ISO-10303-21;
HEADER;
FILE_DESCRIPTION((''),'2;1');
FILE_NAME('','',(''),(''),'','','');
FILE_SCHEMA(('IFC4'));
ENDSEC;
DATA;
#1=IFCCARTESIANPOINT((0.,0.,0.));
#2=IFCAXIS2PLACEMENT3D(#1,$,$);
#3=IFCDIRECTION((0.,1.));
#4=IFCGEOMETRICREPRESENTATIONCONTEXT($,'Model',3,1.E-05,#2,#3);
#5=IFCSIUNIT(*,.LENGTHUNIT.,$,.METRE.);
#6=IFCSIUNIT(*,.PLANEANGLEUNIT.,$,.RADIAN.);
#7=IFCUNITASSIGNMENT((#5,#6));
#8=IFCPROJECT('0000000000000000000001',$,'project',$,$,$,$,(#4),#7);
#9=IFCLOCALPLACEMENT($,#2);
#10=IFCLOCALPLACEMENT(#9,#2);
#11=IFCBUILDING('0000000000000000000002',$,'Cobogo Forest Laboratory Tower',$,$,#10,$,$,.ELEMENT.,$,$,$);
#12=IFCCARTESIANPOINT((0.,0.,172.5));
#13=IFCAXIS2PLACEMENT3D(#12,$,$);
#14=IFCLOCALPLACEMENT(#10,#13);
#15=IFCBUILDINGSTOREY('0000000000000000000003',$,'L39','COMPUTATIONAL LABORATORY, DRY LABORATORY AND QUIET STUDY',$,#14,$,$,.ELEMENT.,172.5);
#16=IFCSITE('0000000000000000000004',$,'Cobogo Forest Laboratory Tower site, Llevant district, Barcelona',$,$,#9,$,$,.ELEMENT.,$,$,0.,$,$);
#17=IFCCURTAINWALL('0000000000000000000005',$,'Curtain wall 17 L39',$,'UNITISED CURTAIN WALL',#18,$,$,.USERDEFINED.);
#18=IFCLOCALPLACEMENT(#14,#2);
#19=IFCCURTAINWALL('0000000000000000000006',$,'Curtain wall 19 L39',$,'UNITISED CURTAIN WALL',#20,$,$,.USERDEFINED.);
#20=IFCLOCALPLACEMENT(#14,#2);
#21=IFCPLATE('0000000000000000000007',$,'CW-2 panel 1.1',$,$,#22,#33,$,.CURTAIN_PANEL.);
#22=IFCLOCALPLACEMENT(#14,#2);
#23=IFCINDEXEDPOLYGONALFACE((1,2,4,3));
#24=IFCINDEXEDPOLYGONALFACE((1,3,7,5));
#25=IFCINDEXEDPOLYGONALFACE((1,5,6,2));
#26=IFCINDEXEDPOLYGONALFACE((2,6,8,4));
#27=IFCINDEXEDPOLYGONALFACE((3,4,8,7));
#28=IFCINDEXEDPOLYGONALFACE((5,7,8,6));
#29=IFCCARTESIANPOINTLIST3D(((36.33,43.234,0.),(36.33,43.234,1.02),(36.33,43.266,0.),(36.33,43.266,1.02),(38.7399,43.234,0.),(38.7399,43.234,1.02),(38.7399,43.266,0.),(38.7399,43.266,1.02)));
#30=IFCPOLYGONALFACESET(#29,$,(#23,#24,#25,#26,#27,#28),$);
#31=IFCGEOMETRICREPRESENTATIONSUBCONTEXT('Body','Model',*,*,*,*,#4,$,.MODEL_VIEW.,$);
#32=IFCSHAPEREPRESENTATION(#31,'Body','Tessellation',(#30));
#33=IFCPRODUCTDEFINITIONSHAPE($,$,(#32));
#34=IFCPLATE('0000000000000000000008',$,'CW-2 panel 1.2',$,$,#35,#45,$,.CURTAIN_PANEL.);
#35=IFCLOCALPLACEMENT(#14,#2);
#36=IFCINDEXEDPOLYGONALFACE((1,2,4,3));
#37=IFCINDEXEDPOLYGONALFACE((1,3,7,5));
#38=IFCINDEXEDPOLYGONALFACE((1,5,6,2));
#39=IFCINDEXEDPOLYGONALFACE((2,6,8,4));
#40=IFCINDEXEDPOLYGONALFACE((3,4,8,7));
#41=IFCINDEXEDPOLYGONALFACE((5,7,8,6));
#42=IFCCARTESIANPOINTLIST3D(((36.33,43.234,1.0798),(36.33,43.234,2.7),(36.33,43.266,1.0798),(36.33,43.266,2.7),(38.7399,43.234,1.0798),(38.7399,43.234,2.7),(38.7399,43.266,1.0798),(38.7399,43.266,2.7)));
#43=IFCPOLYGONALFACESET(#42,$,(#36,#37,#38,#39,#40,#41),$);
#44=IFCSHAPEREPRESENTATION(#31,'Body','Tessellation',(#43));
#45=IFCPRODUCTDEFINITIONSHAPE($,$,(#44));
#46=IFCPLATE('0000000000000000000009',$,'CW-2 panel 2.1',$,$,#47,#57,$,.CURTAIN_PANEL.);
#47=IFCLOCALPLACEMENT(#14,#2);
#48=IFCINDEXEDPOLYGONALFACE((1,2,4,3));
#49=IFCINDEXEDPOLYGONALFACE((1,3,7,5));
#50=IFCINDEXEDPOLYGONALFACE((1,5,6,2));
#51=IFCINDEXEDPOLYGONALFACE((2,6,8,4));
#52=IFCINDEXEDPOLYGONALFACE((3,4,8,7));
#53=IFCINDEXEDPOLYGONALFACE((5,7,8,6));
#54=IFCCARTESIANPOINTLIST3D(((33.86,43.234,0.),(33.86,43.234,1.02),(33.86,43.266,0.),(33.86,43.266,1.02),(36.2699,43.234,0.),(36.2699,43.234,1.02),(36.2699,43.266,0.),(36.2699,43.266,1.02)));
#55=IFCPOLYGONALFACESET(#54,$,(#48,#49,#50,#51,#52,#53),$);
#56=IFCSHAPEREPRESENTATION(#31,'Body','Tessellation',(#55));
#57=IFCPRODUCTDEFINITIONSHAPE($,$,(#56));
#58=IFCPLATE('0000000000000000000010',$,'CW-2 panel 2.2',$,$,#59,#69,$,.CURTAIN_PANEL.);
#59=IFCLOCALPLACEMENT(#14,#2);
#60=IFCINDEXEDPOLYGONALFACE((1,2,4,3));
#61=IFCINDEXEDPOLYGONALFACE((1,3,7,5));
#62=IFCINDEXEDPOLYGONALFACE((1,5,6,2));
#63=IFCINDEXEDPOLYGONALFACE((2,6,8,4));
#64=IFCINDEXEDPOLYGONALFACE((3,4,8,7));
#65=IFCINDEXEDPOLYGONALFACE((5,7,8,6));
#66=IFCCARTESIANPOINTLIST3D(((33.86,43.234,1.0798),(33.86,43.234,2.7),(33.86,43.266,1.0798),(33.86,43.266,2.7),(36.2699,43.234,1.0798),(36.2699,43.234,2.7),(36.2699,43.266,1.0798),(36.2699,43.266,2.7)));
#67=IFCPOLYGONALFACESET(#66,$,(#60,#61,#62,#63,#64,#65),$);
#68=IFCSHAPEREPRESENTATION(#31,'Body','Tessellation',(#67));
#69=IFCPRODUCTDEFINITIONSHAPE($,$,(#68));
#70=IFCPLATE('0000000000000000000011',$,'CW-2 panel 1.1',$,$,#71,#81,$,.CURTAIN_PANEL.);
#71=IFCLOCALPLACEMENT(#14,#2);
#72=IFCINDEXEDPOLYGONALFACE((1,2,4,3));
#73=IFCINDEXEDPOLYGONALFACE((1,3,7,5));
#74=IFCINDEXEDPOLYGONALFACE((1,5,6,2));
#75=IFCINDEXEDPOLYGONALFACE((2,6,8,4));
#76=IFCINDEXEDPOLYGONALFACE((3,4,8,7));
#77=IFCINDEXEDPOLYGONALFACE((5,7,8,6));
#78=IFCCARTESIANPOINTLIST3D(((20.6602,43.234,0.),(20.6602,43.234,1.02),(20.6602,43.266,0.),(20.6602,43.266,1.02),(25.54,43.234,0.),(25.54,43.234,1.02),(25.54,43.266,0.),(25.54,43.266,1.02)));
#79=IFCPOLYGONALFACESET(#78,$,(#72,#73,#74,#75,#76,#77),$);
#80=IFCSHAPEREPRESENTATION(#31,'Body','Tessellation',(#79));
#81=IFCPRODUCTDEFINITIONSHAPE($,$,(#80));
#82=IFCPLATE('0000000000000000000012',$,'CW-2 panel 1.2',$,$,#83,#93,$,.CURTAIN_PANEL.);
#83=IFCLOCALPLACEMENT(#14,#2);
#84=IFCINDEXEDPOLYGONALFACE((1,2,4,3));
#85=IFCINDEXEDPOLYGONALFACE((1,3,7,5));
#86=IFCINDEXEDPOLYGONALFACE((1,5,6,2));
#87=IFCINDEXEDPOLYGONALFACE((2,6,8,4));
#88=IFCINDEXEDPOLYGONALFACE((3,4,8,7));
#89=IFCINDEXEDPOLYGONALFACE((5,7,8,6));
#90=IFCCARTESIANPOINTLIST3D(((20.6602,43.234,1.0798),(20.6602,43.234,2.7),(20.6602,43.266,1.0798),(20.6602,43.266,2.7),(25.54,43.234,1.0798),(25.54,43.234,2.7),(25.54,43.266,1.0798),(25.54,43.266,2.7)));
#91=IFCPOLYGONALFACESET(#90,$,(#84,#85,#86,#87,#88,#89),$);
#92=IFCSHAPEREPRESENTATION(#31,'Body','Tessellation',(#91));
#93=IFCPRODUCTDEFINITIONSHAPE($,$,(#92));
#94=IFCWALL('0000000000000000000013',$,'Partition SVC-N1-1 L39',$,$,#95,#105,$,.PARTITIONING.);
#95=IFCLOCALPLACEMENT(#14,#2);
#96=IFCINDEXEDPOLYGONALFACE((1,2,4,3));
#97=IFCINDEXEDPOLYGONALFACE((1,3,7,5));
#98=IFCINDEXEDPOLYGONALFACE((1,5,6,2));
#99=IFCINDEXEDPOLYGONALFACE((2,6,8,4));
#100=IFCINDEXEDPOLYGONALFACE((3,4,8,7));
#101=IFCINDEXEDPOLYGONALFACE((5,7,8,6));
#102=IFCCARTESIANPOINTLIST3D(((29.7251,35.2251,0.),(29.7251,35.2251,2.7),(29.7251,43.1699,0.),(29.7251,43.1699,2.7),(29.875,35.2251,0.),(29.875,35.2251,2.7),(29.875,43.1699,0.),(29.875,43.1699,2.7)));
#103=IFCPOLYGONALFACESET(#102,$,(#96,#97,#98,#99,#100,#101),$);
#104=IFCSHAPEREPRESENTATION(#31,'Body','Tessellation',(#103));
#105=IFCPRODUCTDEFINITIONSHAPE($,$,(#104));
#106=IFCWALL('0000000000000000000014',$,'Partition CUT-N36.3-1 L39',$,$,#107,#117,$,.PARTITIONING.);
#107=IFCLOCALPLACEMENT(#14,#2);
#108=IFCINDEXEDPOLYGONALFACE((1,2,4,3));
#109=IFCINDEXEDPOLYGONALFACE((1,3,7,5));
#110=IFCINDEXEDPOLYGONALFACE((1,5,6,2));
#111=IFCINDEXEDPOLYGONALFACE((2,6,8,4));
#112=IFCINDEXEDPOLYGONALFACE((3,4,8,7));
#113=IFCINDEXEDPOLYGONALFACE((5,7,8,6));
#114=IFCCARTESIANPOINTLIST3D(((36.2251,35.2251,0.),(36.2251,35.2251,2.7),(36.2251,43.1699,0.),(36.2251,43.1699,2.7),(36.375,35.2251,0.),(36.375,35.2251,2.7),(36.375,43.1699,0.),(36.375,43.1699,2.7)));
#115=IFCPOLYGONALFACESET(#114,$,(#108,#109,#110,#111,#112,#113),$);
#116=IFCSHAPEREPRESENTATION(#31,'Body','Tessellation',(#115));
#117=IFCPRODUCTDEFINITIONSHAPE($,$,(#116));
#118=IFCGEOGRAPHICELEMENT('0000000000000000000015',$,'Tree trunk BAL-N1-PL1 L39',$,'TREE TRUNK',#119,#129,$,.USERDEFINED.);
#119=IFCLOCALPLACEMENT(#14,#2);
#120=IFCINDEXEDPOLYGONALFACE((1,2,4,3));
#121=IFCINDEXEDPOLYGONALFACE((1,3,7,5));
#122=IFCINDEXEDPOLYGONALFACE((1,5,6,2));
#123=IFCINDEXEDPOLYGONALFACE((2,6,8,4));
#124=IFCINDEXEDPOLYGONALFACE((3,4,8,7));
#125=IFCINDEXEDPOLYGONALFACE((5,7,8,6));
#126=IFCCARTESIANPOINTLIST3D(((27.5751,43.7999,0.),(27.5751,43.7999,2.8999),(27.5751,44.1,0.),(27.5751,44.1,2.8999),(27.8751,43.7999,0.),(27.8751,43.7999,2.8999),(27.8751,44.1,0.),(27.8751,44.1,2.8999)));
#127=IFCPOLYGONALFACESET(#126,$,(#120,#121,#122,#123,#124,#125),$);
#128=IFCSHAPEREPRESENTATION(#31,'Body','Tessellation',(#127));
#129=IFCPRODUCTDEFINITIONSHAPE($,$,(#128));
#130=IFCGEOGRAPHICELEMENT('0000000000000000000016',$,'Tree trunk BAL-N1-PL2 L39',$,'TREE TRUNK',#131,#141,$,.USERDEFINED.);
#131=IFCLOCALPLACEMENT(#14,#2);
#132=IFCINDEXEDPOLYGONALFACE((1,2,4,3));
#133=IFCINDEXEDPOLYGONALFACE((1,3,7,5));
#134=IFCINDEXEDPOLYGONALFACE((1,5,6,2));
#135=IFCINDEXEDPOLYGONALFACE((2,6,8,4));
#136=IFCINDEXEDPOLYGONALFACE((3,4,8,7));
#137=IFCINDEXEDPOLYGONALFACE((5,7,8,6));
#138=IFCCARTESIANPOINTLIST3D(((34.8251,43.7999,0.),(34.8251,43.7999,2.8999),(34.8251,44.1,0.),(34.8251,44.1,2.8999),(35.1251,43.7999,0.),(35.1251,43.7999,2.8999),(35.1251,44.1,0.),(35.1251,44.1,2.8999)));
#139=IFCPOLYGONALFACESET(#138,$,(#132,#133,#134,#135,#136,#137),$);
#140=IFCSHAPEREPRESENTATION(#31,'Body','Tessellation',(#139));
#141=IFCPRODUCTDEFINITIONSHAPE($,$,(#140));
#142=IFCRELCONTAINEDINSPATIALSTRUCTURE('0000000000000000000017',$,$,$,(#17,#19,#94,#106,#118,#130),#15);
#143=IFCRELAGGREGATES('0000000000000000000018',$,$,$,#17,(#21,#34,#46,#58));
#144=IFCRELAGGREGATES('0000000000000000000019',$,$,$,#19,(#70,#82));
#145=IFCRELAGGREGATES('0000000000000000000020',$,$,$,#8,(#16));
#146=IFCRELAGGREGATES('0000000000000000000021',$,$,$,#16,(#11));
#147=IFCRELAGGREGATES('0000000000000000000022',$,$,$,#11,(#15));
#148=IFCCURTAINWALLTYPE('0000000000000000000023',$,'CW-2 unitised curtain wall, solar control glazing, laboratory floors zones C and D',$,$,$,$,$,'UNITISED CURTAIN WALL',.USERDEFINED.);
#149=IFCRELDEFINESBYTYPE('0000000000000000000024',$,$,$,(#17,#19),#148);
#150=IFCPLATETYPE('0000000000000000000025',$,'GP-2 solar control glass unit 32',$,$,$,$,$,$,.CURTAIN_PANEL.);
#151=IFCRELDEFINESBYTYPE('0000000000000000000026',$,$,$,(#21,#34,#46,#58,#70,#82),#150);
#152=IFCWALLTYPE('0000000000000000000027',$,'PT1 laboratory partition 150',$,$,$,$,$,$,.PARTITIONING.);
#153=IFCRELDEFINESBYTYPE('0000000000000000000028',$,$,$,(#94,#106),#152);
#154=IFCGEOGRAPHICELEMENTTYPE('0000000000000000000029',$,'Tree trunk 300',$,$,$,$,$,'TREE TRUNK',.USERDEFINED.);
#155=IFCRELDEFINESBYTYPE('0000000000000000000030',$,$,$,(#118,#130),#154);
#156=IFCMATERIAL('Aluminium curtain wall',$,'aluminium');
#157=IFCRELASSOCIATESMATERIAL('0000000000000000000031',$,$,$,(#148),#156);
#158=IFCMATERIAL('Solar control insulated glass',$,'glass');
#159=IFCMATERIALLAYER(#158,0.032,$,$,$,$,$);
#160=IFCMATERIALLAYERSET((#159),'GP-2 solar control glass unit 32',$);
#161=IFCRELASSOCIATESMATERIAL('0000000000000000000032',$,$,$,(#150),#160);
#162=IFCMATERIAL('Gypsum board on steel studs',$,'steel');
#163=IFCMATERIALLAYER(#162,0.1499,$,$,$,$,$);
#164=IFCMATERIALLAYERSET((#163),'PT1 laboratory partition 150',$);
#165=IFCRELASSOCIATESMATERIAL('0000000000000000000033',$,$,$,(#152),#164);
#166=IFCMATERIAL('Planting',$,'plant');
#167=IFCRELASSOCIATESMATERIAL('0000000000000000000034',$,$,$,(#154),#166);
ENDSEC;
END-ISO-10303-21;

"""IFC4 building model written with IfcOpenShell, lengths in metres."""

from ifc_helpers import new_model, si_unit, direction, frame, frame_2d, origin, origin_2d, place, context, subcontext, project, spatial, rectangle, extrude, material, layer, layer_set, type_object, element, aggregate, save


model = new_model("IFC4")

# Units and contexts
model_context = context("Model", 3, precision=1e-05, world=origin(), true_north=direction((0.0, 1.0)))
body_context = subcontext(model_context, "Body", "Model", "MODEL_VIEW")
ifc_project = project(units=[si_unit("LENGTHUNIT", "METRE"), si_unit("PLANEANGLEUNIT", "RADIAN")], contexts=[model_context])

# Site, building, storey
site_placement = place(None, origin())
site = spatial("IfcSite", under=ifc_project, at=site_placement, Name="Cobogo Forest Laboratory Tower site, Llevant district, Barcelona", CompositionType="ELEMENT", RefElevation=0.0)
building_placement = place(site_placement, origin())
building = spatial("IfcBuilding", under=site, at=building_placement, Name="Cobogo Forest Laboratory Tower", CompositionType="ELEMENT")
storey_placement = place(building_placement, frame((0.0, 0.0, 172.5)))
storey = spatial("IfcBuildingStorey", under=building, at=storey_placement, Name="L39", Description="COMPUTATIONAL LABORATORY, DRY LABORATORY AND QUIET STUDY", CompositionType="ELEMENT", Elevation=172.5)

# Curtain walls
ifc_material_1 = material(Name="Aluminium curtain wall", Category="aluminium")
curtain_wall_type = type_object("IfcCurtainWallType", Name="CW-2 unitised curtain wall, solar control glazing, laboratory floors zones C and D", ElementType="UNITISED CURTAIN WALL", PredefinedType="USERDEFINED", material=ifc_material_1)
curtain_wall_1_placement = place(storey_placement, origin())
curtain_wall_1 = element("IfcCurtainWall", 1, at=curtain_wall_1_placement, inside=storey, type_object=curtain_wall_type, Name="Curtain wall 17 L39", ObjectType="UNITISED CURTAIN WALL", PredefinedType="USERDEFINED")
curtain_wall_2_placement = place(storey_placement, origin())
curtain_wall_2 = element("IfcCurtainWall", 2, at=curtain_wall_2_placement, inside=storey, type_object=curtain_wall_type, Name="Curtain wall 19 L39", ObjectType="UNITISED CURTAIN WALL", PredefinedType="USERDEFINED")

# Plates
ifc_material_2 = material(Name="Solar control insulated glass", Category="glass")
ifc_layer_1 = layer(ifc_material_2, 0.032)
ifc_layer_set_1 = layer_set([ifc_layer_1], Name="GP-2 solar control glass unit 32")
plate_type_1 = type_object("IfcPlateType", Name="GP-2 solar control glass unit 32", PredefinedType="CURTAIN_PANEL", material=ifc_layer_set_1)
plate_1_placement = place(storey_placement, frame((37.5349, 43.25, 0.0), z_axis=(0.0, 0.0, 1.0), x_axis=(-1.0, 0.0, 0.0)))
plate_1 = element("IfcPlate", 3, at=plate_1_placement, type_object=plate_type_1, Name="CW-2 panel 1.1", PredefinedType="CURTAIN_PANEL", context=body_context, shape_type="SweptSolid", body=[
    extrude(rectangle(XDim=2.4099, YDim=0.032, at=origin_2d()), origin(), (0.0, 0.0, 1.0), 1.02),
])
plate_2_placement = place(storey_placement, frame((37.5349, 43.25, 1.0798), z_axis=(0.0, 0.0, 1.0), x_axis=(-1.0, 0.0, 0.0)))
plate_2 = element("IfcPlate", 4, at=plate_2_placement, type_object=plate_type_1, Name="CW-2 panel 1.2", PredefinedType="CURTAIN_PANEL", context=body_context, shape_type="SweptSolid", body=[
    extrude(rectangle(XDim=2.4099, YDim=0.032, at=origin_2d()), origin(), (0.0, 0.0, 1.0), 1.6201),
])
plate_3_placement = place(storey_placement, frame((35.0649, 43.25, 0.0), z_axis=(0.0, 0.0, 1.0), x_axis=(-1.0, 0.0, 0.0)))
plate_3 = element("IfcPlate", 5, at=plate_3_placement, type_object=plate_type_1, Name="CW-2 panel 2.1", PredefinedType="CURTAIN_PANEL", context=body_context, shape_type="SweptSolid", body=[
    extrude(rectangle(XDim=2.4099, YDim=0.032, at=origin_2d()), origin(), (0.0, 0.0, 1.0), 1.02),
])
plate_4_placement = place(storey_placement, frame((35.0649, 43.25, 1.0798), z_axis=(0.0, 0.0, 1.0), x_axis=(-1.0, 0.0, 0.0)))
plate_4 = element("IfcPlate", 6, at=plate_4_placement, type_object=plate_type_1, Name="CW-2 panel 2.2", PredefinedType="CURTAIN_PANEL", context=body_context, shape_type="SweptSolid", body=[
    extrude(rectangle(XDim=2.4099, YDim=0.032, at=origin_2d()), origin(), (0.0, 0.0, 1.0), 1.6201),
])
aggregate(curtain_wall_1, [plate_1, plate_2, plate_3, plate_4])
plate_5_placement = place(storey_placement, frame((23.1001, 43.25, 0.0), z_axis=(0.0, 0.0, 1.0), x_axis=(-1.0, 0.0, 0.0)))
plate_5 = element("IfcPlate", 7, at=plate_5_placement, type_object=plate_type_1, Name="CW-2 panel 1.1", PredefinedType="CURTAIN_PANEL", context=body_context, shape_type="SweptSolid", body=[
    extrude(rectangle(XDim=4.8799, YDim=0.032, at=origin_2d()), origin(), (0.0, 0.0, 1.0), 1.02),
])
plate_6_placement = place(storey_placement, frame((23.1001, 43.25, 1.0798), z_axis=(0.0, 0.0, 1.0), x_axis=(-1.0, 0.0, 0.0)))
plate_6 = element("IfcPlate", 8, at=plate_6_placement, type_object=plate_type_1, Name="CW-2 panel 1.2", PredefinedType="CURTAIN_PANEL", context=body_context, shape_type="SweptSolid", body=[
    extrude(rectangle(XDim=4.8799, YDim=0.032, at=origin_2d()), origin(), (0.0, 0.0, 1.0), 1.6201),
])
aggregate(curtain_wall_2, [plate_5, plate_6])

# Walls
ifc_material_3 = material(Name="Gypsum board on steel studs", Category="steel")
ifc_layer_2 = layer(ifc_material_3, 0.1499)
ifc_layer_set_2 = layer_set([ifc_layer_2], Name="PT1 laboratory partition 150")
wall_type_1 = type_object("IfcWallType", Name="PT1 laboratory partition 150", PredefinedType="PARTITIONING", material=ifc_layer_set_2)
for number, where, z_axis, x_axis, name in (
    (9, (29.8, 43.1699, 0.0), (0.0, 0.0, 1.0), (0.0, -1.0, 0.0), "Partition SVC-N1-1 L39"),
    (10, (36.3, 43.1699, 0.0), (0.0, 0.0, 1.0), (0.0, -1.0, 0.0), "Partition CUT-N36.3-1 L39"),
):
    element("IfcWall", number, at=place(storey_placement, frame(where, z_axis=z_axis, x_axis=x_axis)), inside=storey, type_object=wall_type_1, Name=name, PredefinedType="PARTITIONING", context=body_context, shape_type="SweptSolid", body=[
        extrude(rectangle(XDim=7.9448, YDim=0.1499, at=frame_2d((3.9724, 0.0))), origin(), (0.0, 0.0, 1.0), 2.7),
    ])

# Geographic elements
ifc_material_4 = material(Name="Planting", Category="plant")
geographic_element_type = type_object("IfcGeographicElementType", Name="Tree trunk 300", ElementType="TREE TRUNK", PredefinedType="USERDEFINED", material=ifc_material_4)
for number, where, z_axis, x_axis, name in (
    (11, (27.7251, 43.95, 0.0), (0.0, 0.0, 1.0), (1.0, 0.0, 0.0), "Tree trunk BAL-N1-PL1 L39"),
    (12, (34.9751, 43.95, 0.0), (0.0, 0.0, 1.0), (1.0, 0.0, 0.0), "Tree trunk BAL-N1-PL2 L39"),
):
    element("IfcGeographicElement", number, at=place(storey_placement, frame(where, z_axis=z_axis, x_axis=x_axis)), inside=storey, type_object=geographic_element_type, Name=name, ObjectType="TREE TRUNK", PredefinedType="USERDEFINED", context=body_context, shape_type="SweptSolid", body=[
        extrude(rectangle(XDim=0.3, YDim=0.3, at=origin_2d()), origin(), (0.0, 0.0, 1.0), 2.8999),
    ])

save(model, "model.ifc")
